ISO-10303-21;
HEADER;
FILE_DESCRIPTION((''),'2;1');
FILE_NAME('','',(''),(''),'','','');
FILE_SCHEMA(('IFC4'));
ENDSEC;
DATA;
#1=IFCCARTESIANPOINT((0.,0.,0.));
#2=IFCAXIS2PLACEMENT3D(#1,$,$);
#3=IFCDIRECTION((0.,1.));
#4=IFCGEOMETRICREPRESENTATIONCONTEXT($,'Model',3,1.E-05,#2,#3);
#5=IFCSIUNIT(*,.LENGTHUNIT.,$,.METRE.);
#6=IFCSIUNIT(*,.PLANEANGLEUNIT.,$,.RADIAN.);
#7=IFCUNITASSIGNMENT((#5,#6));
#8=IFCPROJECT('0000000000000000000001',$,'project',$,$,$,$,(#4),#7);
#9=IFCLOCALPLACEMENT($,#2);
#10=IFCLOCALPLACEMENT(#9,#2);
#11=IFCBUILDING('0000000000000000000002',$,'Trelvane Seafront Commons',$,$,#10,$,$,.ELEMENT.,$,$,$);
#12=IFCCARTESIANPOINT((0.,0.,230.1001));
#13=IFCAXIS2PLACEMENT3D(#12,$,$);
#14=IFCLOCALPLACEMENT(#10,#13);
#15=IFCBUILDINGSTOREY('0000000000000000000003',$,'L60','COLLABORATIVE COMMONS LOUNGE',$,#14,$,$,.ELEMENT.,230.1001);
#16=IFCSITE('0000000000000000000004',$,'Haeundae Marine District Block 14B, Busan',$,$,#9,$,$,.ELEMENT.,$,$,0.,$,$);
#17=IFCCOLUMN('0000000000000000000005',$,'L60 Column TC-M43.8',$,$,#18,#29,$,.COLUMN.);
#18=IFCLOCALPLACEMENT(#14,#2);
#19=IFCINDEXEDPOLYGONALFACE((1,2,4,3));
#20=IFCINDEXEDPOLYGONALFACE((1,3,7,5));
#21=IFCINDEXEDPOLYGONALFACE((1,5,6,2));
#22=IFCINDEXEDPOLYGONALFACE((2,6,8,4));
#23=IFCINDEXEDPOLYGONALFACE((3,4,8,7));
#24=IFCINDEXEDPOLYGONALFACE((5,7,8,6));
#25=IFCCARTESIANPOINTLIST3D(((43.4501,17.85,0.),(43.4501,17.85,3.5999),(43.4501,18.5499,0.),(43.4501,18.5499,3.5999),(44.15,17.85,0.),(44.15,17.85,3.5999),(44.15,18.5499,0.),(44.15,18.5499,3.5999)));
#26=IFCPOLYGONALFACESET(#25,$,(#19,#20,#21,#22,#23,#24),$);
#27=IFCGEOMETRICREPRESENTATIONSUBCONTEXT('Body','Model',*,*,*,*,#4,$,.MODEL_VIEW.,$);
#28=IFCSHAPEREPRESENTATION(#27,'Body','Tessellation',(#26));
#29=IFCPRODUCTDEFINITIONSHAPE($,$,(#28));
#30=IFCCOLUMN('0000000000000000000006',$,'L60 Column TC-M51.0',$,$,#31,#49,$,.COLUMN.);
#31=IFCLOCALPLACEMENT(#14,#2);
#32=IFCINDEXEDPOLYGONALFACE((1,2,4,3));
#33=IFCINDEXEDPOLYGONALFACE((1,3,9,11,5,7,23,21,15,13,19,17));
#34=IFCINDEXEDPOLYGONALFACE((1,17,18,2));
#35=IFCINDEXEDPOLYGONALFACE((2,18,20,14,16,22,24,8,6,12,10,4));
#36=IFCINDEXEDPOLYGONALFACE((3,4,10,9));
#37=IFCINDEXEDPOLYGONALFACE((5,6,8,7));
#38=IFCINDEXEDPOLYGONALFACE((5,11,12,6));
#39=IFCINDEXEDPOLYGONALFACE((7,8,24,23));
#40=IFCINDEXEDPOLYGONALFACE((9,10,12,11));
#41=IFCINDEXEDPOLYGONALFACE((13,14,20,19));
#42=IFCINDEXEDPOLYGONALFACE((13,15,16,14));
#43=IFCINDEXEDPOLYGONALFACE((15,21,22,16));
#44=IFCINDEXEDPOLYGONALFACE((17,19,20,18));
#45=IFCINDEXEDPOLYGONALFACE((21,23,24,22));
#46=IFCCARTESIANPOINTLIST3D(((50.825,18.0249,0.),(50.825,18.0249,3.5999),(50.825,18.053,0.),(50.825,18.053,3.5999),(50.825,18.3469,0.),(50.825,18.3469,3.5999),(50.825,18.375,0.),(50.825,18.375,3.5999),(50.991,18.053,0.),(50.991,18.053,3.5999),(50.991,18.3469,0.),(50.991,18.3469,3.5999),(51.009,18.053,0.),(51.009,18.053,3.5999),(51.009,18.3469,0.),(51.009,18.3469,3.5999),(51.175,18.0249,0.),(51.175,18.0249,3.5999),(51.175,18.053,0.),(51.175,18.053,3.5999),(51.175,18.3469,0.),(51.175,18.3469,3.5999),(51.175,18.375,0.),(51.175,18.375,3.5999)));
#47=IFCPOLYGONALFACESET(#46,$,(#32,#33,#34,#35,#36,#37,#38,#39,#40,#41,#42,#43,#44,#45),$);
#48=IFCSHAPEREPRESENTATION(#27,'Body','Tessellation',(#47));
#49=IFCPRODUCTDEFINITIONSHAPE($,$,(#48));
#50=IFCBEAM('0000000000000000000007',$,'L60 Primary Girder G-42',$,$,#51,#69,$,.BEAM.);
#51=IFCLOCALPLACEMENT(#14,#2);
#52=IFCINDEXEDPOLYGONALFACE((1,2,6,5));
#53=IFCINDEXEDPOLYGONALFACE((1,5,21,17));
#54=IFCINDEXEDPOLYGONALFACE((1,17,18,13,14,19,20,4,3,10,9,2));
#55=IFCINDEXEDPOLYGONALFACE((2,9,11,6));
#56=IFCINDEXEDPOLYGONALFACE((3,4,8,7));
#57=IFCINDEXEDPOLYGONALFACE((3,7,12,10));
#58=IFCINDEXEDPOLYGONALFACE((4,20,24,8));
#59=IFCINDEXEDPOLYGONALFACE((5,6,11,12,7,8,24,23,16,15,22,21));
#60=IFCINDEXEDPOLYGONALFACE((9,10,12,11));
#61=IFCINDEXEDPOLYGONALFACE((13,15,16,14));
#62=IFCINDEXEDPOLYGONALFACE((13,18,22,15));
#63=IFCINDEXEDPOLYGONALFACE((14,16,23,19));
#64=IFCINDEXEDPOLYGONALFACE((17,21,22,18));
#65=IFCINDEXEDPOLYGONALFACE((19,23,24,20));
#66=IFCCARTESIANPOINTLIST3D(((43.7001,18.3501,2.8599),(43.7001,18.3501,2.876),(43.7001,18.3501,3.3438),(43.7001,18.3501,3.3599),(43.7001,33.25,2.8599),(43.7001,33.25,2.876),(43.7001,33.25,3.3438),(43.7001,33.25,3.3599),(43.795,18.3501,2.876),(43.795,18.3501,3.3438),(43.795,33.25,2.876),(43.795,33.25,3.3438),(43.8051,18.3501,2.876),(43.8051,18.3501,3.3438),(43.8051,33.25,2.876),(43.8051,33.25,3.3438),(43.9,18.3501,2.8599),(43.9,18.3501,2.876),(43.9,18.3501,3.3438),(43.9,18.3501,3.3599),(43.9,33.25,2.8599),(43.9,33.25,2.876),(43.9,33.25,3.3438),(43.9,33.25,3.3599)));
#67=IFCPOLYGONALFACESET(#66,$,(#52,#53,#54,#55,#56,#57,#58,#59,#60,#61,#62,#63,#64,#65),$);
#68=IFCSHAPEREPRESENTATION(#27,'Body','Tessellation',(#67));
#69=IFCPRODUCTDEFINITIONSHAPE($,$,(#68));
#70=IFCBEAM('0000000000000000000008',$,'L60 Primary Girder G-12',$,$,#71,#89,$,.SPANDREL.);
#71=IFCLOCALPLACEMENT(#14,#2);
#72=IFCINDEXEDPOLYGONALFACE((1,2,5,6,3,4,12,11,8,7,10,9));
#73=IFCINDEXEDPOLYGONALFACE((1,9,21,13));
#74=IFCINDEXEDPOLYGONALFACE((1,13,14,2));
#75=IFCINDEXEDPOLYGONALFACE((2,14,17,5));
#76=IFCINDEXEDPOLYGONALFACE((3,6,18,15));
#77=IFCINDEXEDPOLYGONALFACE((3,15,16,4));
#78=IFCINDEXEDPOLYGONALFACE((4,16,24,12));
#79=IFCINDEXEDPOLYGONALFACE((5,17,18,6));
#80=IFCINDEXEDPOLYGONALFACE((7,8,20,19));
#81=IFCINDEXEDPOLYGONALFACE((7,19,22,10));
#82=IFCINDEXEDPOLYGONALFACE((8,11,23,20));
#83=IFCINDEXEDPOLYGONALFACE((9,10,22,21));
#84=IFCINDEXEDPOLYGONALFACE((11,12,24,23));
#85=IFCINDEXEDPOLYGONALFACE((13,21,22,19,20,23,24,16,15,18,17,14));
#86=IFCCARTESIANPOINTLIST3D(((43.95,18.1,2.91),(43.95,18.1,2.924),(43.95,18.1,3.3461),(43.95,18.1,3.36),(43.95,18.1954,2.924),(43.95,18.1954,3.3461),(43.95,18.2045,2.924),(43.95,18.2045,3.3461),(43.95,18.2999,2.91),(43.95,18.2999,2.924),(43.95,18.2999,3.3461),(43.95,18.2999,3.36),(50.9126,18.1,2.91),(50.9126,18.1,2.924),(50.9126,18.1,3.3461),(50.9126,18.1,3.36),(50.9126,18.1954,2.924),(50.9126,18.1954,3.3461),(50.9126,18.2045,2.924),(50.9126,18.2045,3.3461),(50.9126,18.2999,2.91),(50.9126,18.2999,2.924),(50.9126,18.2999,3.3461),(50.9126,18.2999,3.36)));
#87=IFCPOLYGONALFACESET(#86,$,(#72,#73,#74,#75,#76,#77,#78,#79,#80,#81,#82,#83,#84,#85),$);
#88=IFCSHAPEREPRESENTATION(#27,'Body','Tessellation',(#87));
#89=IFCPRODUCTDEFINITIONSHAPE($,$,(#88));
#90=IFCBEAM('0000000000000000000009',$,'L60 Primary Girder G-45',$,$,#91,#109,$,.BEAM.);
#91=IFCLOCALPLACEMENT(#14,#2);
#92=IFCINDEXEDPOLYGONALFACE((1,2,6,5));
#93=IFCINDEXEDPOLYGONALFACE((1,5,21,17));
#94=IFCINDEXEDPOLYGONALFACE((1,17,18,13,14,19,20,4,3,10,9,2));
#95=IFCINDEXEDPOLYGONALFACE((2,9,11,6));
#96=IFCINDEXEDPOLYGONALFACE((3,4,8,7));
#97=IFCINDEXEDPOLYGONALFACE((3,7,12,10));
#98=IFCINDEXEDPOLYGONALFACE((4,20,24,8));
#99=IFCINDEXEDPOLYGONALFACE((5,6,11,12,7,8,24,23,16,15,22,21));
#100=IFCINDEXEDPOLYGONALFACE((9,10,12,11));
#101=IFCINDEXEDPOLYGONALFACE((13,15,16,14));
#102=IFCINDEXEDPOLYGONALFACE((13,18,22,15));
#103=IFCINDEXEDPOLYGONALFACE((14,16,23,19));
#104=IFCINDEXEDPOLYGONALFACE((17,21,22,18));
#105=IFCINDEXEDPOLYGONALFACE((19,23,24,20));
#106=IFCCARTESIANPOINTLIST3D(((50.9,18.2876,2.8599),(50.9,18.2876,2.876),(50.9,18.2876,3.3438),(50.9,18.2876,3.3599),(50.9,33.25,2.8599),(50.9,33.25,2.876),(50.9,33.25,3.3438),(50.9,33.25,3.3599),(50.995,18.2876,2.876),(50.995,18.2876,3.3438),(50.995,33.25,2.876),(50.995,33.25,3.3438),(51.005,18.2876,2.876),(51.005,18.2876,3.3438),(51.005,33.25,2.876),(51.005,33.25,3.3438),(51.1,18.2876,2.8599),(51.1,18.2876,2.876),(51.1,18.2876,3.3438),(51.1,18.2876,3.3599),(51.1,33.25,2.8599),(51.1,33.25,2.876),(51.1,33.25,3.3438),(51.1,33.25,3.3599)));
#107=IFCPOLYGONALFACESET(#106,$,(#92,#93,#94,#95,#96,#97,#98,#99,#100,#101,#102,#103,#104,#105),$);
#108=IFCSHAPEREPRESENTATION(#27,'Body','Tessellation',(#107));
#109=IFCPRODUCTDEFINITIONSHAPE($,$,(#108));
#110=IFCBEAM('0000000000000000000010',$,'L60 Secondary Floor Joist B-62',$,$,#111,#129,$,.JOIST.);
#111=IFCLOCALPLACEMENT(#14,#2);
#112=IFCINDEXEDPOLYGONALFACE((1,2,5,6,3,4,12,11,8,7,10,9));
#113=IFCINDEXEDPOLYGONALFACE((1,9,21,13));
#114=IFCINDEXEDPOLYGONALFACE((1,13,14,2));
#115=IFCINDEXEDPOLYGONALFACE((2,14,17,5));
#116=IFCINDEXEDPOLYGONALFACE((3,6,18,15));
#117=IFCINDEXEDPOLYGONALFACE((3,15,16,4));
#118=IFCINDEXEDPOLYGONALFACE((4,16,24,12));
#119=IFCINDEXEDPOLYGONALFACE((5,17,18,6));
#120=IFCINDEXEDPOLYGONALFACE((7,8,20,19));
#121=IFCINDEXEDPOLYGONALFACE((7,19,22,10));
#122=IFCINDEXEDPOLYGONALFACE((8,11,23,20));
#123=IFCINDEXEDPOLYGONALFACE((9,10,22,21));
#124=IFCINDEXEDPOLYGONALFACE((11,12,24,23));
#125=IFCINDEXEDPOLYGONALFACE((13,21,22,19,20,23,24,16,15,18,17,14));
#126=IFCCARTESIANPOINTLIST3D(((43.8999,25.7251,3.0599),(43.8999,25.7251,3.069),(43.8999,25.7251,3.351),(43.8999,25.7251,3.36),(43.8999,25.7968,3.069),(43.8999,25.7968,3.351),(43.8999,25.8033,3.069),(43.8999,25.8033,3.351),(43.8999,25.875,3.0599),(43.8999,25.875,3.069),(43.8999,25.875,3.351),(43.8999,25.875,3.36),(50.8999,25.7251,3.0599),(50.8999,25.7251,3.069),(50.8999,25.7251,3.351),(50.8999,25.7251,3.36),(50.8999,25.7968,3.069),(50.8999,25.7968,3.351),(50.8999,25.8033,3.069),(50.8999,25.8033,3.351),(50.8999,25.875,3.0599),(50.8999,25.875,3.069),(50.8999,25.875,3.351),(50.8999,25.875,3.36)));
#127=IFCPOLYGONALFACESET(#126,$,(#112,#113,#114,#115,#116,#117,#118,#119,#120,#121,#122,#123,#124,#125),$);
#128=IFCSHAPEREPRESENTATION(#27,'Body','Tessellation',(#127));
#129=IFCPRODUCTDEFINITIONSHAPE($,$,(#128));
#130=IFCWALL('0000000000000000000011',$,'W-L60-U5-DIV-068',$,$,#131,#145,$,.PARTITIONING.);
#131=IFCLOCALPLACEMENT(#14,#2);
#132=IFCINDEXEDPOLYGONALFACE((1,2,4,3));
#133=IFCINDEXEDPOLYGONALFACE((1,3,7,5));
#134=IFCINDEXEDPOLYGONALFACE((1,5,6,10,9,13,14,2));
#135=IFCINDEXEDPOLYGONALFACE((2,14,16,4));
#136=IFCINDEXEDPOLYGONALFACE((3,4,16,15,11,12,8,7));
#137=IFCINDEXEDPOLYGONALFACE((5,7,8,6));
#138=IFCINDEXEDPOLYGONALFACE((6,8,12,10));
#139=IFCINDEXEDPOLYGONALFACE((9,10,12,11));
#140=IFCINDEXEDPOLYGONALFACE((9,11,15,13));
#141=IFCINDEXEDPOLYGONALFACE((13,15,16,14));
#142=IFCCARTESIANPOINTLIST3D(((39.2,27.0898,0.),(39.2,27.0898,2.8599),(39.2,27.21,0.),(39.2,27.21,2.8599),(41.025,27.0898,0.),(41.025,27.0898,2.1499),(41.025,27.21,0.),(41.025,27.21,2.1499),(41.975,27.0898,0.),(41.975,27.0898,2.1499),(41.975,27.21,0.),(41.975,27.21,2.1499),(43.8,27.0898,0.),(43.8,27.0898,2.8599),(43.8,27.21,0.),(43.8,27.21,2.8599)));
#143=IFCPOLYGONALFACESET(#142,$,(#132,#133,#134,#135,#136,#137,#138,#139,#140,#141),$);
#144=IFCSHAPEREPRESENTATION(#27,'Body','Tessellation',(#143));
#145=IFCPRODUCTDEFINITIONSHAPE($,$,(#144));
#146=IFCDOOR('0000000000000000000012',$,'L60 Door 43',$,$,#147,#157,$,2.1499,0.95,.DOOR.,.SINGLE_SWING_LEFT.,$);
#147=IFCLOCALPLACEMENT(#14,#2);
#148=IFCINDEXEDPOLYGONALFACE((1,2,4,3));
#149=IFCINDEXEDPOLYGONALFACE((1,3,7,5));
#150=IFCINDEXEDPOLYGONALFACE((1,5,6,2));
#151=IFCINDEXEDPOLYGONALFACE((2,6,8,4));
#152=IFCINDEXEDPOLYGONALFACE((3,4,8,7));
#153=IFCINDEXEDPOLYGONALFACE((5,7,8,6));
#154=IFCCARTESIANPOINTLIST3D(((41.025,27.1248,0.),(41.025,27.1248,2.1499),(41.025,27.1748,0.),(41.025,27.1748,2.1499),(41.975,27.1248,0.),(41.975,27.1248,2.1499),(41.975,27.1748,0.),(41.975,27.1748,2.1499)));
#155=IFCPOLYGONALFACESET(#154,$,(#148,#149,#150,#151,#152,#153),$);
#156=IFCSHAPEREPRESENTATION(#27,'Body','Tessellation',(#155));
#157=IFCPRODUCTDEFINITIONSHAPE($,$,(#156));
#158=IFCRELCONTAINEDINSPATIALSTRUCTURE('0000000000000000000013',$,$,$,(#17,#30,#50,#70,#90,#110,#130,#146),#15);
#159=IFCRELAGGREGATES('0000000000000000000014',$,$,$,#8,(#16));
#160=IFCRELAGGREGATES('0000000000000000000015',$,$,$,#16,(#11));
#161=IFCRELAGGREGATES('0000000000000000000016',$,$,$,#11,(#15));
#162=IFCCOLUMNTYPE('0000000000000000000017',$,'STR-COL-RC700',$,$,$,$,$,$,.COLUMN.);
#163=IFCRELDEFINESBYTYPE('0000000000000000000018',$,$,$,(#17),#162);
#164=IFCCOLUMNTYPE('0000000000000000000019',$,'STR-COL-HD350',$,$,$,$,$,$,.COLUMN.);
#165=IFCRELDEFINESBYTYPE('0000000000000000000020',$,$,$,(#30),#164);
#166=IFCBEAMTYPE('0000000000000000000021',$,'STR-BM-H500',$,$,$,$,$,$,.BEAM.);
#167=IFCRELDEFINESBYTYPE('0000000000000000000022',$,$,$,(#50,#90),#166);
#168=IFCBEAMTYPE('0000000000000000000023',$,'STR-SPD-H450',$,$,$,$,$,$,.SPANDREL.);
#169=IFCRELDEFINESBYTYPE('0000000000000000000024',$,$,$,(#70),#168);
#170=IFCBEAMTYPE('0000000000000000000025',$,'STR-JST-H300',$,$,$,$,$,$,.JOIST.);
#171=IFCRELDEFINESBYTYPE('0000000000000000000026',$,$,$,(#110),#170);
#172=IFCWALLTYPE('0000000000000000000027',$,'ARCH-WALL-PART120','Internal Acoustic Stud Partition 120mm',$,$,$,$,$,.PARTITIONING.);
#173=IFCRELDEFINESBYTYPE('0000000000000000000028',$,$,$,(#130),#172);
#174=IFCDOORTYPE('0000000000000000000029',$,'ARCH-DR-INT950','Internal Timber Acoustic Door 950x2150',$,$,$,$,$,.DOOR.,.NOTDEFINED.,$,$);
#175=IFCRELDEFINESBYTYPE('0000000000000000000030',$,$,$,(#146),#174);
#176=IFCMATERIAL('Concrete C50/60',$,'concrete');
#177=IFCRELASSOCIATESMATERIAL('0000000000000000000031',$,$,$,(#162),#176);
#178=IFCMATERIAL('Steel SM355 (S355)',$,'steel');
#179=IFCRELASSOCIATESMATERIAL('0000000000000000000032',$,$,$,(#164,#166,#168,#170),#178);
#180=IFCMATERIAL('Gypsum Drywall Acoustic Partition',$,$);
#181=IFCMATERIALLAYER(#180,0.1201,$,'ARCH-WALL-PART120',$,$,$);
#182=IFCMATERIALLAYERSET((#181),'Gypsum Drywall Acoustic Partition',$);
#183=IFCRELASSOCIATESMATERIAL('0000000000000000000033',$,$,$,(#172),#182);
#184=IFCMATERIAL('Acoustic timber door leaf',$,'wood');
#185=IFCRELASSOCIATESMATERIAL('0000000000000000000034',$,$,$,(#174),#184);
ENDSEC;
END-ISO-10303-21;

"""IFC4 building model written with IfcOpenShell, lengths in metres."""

from ifc_helpers import new_model, si_unit, direction, frame, frame_2d, origin, origin_2d, place, context, subcontext, project, spatial, rectangle, i_section, extrude, source, transform, mapped, material, layer, layer_set, material_profile, profile_set, type_object, element, fill, save


model = new_model("IFC4")

# Units and contexts
model_context = context("Model", 3, precision=1e-05, world=origin(), true_north=direction((0.0, 1.0)))
body_context = subcontext(model_context, "Body", "Model", "MODEL_VIEW")
ifc_project = project(units=[si_unit("LENGTHUNIT", "METRE"), si_unit("PLANEANGLEUNIT", "RADIAN")], contexts=[model_context])

# Site, building, storey
site_placement = place(None, origin())
site = spatial("IfcSite", under=ifc_project, at=site_placement, Name="Haeundae Marine District Block 14B, Busan", CompositionType="ELEMENT", RefElevation=0.0)
building_placement = place(site_placement, origin())
building = spatial("IfcBuilding", under=site, at=building_placement, Name="Trelvane Seafront Commons", CompositionType="ELEMENT")
storey_placement = place(building_placement, frame((0.0, 0.0, 230.1001)))
storey = spatial("IfcBuildingStorey", under=building, at=storey_placement, Name="L60", Description="COLLABORATIVE COMMONS LOUNGE", CompositionType="ELEMENT", Elevation=230.1001)

# Columns
ifc_material_1 = material(Name="Concrete C50/60", Category="concrete")
ifc_material_profile_1 = material_profile(ifc_material_1, rectangle(XDim=0.7, YDim=0.7, at=origin_2d()), Name="RC-700x700")
ifc_profile_set_1 = profile_set([ifc_material_profile_1], Name="Concrete C50/60")
column_type_1 = type_object("IfcColumnType", Name="STR-COL-RC700", PredefinedType="COLUMN", material=ifc_profile_set_1)
shared_shape_1 = source(origin(), body_context, "Body", "SweptSolid", [
    extrude(rectangle(XDim=0.7, YDim=0.7, at=origin_2d()), origin(), (0.0, 0.0, 1.0), 3.5999),
])
column_1_placement = place(storey_placement, frame((43.8, 18.2, 0.0), z_axis=(0.0, 0.0, 1.0), x_axis=(1.0, 0.0, 0.0)))
element("IfcColumn", 1, at=column_1_placement, inside=storey, type_object=column_type_1, Name="L60 Column TC-M43.8", PredefinedType="COLUMN", context=body_context, shape_type="MappedRepresentation", body=[
    mapped(shared_shape_1, transform((0.0, 0.0, 0.0), x_axis=(1.0, 0.0, 0.0), y_axis=(0.0, 1.0, 0.0), z_axis=(0.0, 0.0, 1.0), scale=1.0)),
])
ifc_material_2 = material(Name="Steel SM355 (S355)", Category="steel")
ifc_material_profile_2 = material_profile(ifc_material_2, i_section(OverallWidth=0.3501, OverallDepth=0.3501, WebThickness=0.0181, FlangeThickness=0.0281, at=origin_2d()), Name="HD-350x350x18x28")
ifc_profile_set_2 = profile_set([ifc_material_profile_2], Name="Steel SM355 (S355)")
column_type_2 = type_object("IfcColumnType", Name="STR-COL-HD350", PredefinedType="COLUMN", material=ifc_profile_set_2)
shared_shape_2 = source(origin(), body_context, "Body", "SweptSolid", [
    extrude(i_section(OverallWidth=0.3501, OverallDepth=0.3501, WebThickness=0.0181, FlangeThickness=0.0281, at=origin_2d()), origin(), (0.0, 0.0, 1.0), 3.5999),
])
column_2_placement = place(storey_placement, frame((51.0, 18.2, 0.0), z_axis=(0.0, 0.0, 1.0), x_axis=(1.0, 0.0, 0.0)))
element("IfcColumn", 2, at=column_2_placement, inside=storey, type_object=column_type_2, Name="L60 Column TC-M51.0", PredefinedType="COLUMN", context=body_context, shape_type="MappedRepresentation", body=[
    mapped(shared_shape_2, transform((0.0, 0.0, 0.0), x_axis=(1.0, 0.0, 0.0), y_axis=(0.0, 1.0, 0.0), z_axis=(0.0, 0.0, 1.0), scale=1.0)),
])

# Beams
ifc_material_profile_3 = material_profile(ifc_material_2, i_section(OverallWidth=0.2, OverallDepth=0.5, WebThickness=0.01, FlangeThickness=0.0161, at=origin_2d()), Name="H-500x200x10x16")
ifc_profile_set_3 = profile_set([ifc_material_profile_3], Name="Steel SM355 (S355)")
beam_type_1 = type_object("IfcBeamType", Name="STR-BM-H500", PredefinedType="BEAM", material=ifc_profile_set_3)
shared_shape_3 = source(origin(), body_context, "Body", "SweptSolid", [
    extrude(i_section(OverallWidth=0.2, OverallDepth=0.5, WebThickness=0.01, FlangeThickness=0.0161, at=origin_2d()), origin(), (0.0, 0.0, 1.0), 14.8999),
])
beam_1_placement = place(storey_placement, frame((43.8, 18.3501, 3.1099), z_axis=(0.0, 1.0, 0.0), x_axis=(-1.0, 0.0, 0.0)))
element("IfcBeam", 3, at=beam_1_placement, inside=storey, type_object=beam_type_1, Name="L60 Primary Girder G-42", PredefinedType="BEAM", context=body_context, shape_type="MappedRepresentation", body=[
    mapped(shared_shape_3, transform((0.0, 0.0, 0.0), x_axis=(1.0, 0.0, 0.0), y_axis=(0.0, 1.0, 0.0), z_axis=(0.0, 0.0, 1.0), scale=1.0)),
])
ifc_material_profile_4 = material_profile(ifc_material_2, i_section(OverallWidth=0.2, OverallDepth=0.45, WebThickness=0.009, FlangeThickness=0.0139, at=origin_2d()), Name="H-450x200x9x14")
ifc_profile_set_4 = profile_set([ifc_material_profile_4], Name="Steel SM355 (S355)")
beam_type_2 = type_object("IfcBeamType", Name="STR-SPD-H450", PredefinedType="SPANDREL", material=ifc_profile_set_4)
shared_shape_4 = source(origin(), body_context, "Body", "SweptSolid", [
    extrude(i_section(OverallWidth=0.2, OverallDepth=0.45, WebThickness=0.009, FlangeThickness=0.0139, at=origin_2d()), origin(), (0.0, 0.0, 1.0), 6.9626),
])
beam_2_placement = place(storey_placement, frame((43.95, 18.2, 3.135), z_axis=(1.0, 0.0, 0.0), x_axis=(0.0, 1.0, 0.0)))
element("IfcBeam", 4, at=beam_2_placement, inside=storey, type_object=beam_type_2, Name="L60 Primary Girder G-12", PredefinedType="SPANDREL", context=body_context, shape_type="MappedRepresentation", body=[
    mapped(shared_shape_4, transform((0.0, 0.0, 0.0), x_axis=(1.0, 0.0, 0.0), y_axis=(0.0, 1.0, 0.0), z_axis=(0.0, 0.0, 1.0), scale=1.0)),
])
shared_shape_5 = source(origin(), body_context, "Body", "SweptSolid", [
    extrude(i_section(OverallWidth=0.2, OverallDepth=0.5, WebThickness=0.01, FlangeThickness=0.0161, at=origin_2d()), origin(), (0.0, 0.0, 1.0), 14.9624),
])
beam_3_placement = place(storey_placement, frame((51.0, 18.2876, 3.1099), z_axis=(0.0, 1.0, 0.0), x_axis=(-1.0, 0.0, 0.0)))
element("IfcBeam", 5, at=beam_3_placement, inside=storey, type_object=beam_type_1, Name="L60 Primary Girder G-45", PredefinedType="BEAM", context=body_context, shape_type="MappedRepresentation", body=[
    mapped(shared_shape_5, transform((0.0, 0.0, 0.0), x_axis=(1.0, 0.0, 0.0), y_axis=(0.0, 1.0, 0.0), z_axis=(0.0, 0.0, 1.0), scale=1.0)),
])
ifc_material_profile_5 = material_profile(ifc_material_2, i_section(OverallWidth=0.1499, OverallDepth=0.3, WebThickness=0.0066, FlangeThickness=0.009, at=origin_2d()), Name="H-300x150x6.5x9")
ifc_profile_set_5 = profile_set([ifc_material_profile_5], Name="Steel SM355 (S355)")
beam_type_3 = type_object("IfcBeamType", Name="STR-JST-H300", PredefinedType="JOIST", material=ifc_profile_set_5)
shared_shape_6 = source(origin(), body_context, "Body", "SweptSolid", [
    extrude(i_section(OverallWidth=0.1499, OverallDepth=0.3, WebThickness=0.0066, FlangeThickness=0.009, at=origin_2d()), origin(), (0.0, 0.0, 1.0), 7.0),
])
beam_4_placement = place(storey_placement, frame((43.8999, 25.8, 3.21), z_axis=(1.0, 0.0, 0.0), x_axis=(0.0, 1.0, 0.0)))
element("IfcBeam", 6, at=beam_4_placement, inside=storey, type_object=beam_type_3, Name="L60 Secondary Floor Joist B-62", PredefinedType="JOIST", context=body_context, shape_type="MappedRepresentation", body=[
    mapped(shared_shape_6, transform((0.0, 0.0, 0.0), x_axis=(1.0, 0.0, 0.0), y_axis=(0.0, 1.0, 0.0), z_axis=(0.0, 0.0, 1.0), scale=1.0)),
])

# Wall, opening, door
ifc_material_3 = material(Name="Gypsum Drywall Acoustic Partition")
ifc_layer_1 = layer(ifc_material_3, 0.1201, Name="ARCH-WALL-PART120")
ifc_layer_set_1 = layer_set([ifc_layer_1], Name="Gypsum Drywall Acoustic Partition")
wall_type_1 = type_object("IfcWallType", Name="ARCH-WALL-PART120", Description="Internal Acoustic Stud Partition 120mm", PredefinedType="PARTITIONING", material=ifc_layer_set_1)
wall_1_placement = place(storey_placement, frame((39.2, 27.1499, 0.0), z_axis=(0.0, 0.0, 1.0), x_axis=(1.0, 0.0, 0.0)))
wall_1 = element("IfcWall", 7, at=wall_1_placement, inside=storey, type_object=wall_type_1, Name="W-L60-U5-DIV-068", PredefinedType="PARTITIONING", context=body_context, shape_type="SweptSolid", body=[
    extrude(rectangle(XDim=4.6001, YDim=0.1201, at=frame_2d((2.3, 0.0))), origin(), (0.0, 0.0, 1.0), 2.8599),
])
opening_1_placement = place(wall_1_placement, frame((1.825, 0.0, 0.0)))
opening_1 = element("IfcOpeningElement", 8, at=opening_1_placement, cuts=wall_1, PredefinedType="OPENING", context=body_context, shape_type="SweptSolid", body=[
    extrude(rectangle(XDim=0.95, YDim=2.1499, at=frame_2d((0.4751, 1.075))), frame((0.0, 0.0701, 0.0), z_axis=(0.0, -1.0, 0.0), x_axis=(1.0, 0.0, 0.0)), (0.0, 0.0, 1.0), 0.1401),
])
ifc_material_4 = material(Name="Acoustic timber door leaf", Category="wood")
door_type_1 = type_object("IfcDoorType", Name="ARCH-DR-INT950", Description="Internal Timber Acoustic Door 950x2150", OperationType="NOTDEFINED", PredefinedType="DOOR", material=ifc_material_4)
shared_shape_7 = source(origin(), body_context, "Body", "SweptSolid", [
    extrude(rectangle(XDim=0.95, YDim=2.1499, at=frame_2d((0.4751, 1.075))), frame((0.0, 0.0249, 0.0), z_axis=(0.0, -1.0, 0.0), x_axis=(1.0, 0.0, 0.0)), (0.0, 0.0, 1.0), 0.05),
])
door_1_placement = place(opening_1_placement, origin())
door_1 = element("IfcDoor", 9, at=door_1_placement, inside=storey, type_object=door_type_1, Name="L60 Door 43", OperationType="SINGLE_SWING_LEFT", OverallHeight=2.1499, OverallWidth=0.95, PredefinedType="DOOR", context=body_context, shape_type="MappedRepresentation", body=[
    mapped(shared_shape_7, transform((0.0, 0.0, 0.0), x_axis=(1.0, 0.0, 0.0), y_axis=(0.0, 1.0, 0.0), z_axis=(0.0, 0.0, 1.0), scale=1.0)),
])
fill(opening_1, door_1)

save(model, "model.ifc")
